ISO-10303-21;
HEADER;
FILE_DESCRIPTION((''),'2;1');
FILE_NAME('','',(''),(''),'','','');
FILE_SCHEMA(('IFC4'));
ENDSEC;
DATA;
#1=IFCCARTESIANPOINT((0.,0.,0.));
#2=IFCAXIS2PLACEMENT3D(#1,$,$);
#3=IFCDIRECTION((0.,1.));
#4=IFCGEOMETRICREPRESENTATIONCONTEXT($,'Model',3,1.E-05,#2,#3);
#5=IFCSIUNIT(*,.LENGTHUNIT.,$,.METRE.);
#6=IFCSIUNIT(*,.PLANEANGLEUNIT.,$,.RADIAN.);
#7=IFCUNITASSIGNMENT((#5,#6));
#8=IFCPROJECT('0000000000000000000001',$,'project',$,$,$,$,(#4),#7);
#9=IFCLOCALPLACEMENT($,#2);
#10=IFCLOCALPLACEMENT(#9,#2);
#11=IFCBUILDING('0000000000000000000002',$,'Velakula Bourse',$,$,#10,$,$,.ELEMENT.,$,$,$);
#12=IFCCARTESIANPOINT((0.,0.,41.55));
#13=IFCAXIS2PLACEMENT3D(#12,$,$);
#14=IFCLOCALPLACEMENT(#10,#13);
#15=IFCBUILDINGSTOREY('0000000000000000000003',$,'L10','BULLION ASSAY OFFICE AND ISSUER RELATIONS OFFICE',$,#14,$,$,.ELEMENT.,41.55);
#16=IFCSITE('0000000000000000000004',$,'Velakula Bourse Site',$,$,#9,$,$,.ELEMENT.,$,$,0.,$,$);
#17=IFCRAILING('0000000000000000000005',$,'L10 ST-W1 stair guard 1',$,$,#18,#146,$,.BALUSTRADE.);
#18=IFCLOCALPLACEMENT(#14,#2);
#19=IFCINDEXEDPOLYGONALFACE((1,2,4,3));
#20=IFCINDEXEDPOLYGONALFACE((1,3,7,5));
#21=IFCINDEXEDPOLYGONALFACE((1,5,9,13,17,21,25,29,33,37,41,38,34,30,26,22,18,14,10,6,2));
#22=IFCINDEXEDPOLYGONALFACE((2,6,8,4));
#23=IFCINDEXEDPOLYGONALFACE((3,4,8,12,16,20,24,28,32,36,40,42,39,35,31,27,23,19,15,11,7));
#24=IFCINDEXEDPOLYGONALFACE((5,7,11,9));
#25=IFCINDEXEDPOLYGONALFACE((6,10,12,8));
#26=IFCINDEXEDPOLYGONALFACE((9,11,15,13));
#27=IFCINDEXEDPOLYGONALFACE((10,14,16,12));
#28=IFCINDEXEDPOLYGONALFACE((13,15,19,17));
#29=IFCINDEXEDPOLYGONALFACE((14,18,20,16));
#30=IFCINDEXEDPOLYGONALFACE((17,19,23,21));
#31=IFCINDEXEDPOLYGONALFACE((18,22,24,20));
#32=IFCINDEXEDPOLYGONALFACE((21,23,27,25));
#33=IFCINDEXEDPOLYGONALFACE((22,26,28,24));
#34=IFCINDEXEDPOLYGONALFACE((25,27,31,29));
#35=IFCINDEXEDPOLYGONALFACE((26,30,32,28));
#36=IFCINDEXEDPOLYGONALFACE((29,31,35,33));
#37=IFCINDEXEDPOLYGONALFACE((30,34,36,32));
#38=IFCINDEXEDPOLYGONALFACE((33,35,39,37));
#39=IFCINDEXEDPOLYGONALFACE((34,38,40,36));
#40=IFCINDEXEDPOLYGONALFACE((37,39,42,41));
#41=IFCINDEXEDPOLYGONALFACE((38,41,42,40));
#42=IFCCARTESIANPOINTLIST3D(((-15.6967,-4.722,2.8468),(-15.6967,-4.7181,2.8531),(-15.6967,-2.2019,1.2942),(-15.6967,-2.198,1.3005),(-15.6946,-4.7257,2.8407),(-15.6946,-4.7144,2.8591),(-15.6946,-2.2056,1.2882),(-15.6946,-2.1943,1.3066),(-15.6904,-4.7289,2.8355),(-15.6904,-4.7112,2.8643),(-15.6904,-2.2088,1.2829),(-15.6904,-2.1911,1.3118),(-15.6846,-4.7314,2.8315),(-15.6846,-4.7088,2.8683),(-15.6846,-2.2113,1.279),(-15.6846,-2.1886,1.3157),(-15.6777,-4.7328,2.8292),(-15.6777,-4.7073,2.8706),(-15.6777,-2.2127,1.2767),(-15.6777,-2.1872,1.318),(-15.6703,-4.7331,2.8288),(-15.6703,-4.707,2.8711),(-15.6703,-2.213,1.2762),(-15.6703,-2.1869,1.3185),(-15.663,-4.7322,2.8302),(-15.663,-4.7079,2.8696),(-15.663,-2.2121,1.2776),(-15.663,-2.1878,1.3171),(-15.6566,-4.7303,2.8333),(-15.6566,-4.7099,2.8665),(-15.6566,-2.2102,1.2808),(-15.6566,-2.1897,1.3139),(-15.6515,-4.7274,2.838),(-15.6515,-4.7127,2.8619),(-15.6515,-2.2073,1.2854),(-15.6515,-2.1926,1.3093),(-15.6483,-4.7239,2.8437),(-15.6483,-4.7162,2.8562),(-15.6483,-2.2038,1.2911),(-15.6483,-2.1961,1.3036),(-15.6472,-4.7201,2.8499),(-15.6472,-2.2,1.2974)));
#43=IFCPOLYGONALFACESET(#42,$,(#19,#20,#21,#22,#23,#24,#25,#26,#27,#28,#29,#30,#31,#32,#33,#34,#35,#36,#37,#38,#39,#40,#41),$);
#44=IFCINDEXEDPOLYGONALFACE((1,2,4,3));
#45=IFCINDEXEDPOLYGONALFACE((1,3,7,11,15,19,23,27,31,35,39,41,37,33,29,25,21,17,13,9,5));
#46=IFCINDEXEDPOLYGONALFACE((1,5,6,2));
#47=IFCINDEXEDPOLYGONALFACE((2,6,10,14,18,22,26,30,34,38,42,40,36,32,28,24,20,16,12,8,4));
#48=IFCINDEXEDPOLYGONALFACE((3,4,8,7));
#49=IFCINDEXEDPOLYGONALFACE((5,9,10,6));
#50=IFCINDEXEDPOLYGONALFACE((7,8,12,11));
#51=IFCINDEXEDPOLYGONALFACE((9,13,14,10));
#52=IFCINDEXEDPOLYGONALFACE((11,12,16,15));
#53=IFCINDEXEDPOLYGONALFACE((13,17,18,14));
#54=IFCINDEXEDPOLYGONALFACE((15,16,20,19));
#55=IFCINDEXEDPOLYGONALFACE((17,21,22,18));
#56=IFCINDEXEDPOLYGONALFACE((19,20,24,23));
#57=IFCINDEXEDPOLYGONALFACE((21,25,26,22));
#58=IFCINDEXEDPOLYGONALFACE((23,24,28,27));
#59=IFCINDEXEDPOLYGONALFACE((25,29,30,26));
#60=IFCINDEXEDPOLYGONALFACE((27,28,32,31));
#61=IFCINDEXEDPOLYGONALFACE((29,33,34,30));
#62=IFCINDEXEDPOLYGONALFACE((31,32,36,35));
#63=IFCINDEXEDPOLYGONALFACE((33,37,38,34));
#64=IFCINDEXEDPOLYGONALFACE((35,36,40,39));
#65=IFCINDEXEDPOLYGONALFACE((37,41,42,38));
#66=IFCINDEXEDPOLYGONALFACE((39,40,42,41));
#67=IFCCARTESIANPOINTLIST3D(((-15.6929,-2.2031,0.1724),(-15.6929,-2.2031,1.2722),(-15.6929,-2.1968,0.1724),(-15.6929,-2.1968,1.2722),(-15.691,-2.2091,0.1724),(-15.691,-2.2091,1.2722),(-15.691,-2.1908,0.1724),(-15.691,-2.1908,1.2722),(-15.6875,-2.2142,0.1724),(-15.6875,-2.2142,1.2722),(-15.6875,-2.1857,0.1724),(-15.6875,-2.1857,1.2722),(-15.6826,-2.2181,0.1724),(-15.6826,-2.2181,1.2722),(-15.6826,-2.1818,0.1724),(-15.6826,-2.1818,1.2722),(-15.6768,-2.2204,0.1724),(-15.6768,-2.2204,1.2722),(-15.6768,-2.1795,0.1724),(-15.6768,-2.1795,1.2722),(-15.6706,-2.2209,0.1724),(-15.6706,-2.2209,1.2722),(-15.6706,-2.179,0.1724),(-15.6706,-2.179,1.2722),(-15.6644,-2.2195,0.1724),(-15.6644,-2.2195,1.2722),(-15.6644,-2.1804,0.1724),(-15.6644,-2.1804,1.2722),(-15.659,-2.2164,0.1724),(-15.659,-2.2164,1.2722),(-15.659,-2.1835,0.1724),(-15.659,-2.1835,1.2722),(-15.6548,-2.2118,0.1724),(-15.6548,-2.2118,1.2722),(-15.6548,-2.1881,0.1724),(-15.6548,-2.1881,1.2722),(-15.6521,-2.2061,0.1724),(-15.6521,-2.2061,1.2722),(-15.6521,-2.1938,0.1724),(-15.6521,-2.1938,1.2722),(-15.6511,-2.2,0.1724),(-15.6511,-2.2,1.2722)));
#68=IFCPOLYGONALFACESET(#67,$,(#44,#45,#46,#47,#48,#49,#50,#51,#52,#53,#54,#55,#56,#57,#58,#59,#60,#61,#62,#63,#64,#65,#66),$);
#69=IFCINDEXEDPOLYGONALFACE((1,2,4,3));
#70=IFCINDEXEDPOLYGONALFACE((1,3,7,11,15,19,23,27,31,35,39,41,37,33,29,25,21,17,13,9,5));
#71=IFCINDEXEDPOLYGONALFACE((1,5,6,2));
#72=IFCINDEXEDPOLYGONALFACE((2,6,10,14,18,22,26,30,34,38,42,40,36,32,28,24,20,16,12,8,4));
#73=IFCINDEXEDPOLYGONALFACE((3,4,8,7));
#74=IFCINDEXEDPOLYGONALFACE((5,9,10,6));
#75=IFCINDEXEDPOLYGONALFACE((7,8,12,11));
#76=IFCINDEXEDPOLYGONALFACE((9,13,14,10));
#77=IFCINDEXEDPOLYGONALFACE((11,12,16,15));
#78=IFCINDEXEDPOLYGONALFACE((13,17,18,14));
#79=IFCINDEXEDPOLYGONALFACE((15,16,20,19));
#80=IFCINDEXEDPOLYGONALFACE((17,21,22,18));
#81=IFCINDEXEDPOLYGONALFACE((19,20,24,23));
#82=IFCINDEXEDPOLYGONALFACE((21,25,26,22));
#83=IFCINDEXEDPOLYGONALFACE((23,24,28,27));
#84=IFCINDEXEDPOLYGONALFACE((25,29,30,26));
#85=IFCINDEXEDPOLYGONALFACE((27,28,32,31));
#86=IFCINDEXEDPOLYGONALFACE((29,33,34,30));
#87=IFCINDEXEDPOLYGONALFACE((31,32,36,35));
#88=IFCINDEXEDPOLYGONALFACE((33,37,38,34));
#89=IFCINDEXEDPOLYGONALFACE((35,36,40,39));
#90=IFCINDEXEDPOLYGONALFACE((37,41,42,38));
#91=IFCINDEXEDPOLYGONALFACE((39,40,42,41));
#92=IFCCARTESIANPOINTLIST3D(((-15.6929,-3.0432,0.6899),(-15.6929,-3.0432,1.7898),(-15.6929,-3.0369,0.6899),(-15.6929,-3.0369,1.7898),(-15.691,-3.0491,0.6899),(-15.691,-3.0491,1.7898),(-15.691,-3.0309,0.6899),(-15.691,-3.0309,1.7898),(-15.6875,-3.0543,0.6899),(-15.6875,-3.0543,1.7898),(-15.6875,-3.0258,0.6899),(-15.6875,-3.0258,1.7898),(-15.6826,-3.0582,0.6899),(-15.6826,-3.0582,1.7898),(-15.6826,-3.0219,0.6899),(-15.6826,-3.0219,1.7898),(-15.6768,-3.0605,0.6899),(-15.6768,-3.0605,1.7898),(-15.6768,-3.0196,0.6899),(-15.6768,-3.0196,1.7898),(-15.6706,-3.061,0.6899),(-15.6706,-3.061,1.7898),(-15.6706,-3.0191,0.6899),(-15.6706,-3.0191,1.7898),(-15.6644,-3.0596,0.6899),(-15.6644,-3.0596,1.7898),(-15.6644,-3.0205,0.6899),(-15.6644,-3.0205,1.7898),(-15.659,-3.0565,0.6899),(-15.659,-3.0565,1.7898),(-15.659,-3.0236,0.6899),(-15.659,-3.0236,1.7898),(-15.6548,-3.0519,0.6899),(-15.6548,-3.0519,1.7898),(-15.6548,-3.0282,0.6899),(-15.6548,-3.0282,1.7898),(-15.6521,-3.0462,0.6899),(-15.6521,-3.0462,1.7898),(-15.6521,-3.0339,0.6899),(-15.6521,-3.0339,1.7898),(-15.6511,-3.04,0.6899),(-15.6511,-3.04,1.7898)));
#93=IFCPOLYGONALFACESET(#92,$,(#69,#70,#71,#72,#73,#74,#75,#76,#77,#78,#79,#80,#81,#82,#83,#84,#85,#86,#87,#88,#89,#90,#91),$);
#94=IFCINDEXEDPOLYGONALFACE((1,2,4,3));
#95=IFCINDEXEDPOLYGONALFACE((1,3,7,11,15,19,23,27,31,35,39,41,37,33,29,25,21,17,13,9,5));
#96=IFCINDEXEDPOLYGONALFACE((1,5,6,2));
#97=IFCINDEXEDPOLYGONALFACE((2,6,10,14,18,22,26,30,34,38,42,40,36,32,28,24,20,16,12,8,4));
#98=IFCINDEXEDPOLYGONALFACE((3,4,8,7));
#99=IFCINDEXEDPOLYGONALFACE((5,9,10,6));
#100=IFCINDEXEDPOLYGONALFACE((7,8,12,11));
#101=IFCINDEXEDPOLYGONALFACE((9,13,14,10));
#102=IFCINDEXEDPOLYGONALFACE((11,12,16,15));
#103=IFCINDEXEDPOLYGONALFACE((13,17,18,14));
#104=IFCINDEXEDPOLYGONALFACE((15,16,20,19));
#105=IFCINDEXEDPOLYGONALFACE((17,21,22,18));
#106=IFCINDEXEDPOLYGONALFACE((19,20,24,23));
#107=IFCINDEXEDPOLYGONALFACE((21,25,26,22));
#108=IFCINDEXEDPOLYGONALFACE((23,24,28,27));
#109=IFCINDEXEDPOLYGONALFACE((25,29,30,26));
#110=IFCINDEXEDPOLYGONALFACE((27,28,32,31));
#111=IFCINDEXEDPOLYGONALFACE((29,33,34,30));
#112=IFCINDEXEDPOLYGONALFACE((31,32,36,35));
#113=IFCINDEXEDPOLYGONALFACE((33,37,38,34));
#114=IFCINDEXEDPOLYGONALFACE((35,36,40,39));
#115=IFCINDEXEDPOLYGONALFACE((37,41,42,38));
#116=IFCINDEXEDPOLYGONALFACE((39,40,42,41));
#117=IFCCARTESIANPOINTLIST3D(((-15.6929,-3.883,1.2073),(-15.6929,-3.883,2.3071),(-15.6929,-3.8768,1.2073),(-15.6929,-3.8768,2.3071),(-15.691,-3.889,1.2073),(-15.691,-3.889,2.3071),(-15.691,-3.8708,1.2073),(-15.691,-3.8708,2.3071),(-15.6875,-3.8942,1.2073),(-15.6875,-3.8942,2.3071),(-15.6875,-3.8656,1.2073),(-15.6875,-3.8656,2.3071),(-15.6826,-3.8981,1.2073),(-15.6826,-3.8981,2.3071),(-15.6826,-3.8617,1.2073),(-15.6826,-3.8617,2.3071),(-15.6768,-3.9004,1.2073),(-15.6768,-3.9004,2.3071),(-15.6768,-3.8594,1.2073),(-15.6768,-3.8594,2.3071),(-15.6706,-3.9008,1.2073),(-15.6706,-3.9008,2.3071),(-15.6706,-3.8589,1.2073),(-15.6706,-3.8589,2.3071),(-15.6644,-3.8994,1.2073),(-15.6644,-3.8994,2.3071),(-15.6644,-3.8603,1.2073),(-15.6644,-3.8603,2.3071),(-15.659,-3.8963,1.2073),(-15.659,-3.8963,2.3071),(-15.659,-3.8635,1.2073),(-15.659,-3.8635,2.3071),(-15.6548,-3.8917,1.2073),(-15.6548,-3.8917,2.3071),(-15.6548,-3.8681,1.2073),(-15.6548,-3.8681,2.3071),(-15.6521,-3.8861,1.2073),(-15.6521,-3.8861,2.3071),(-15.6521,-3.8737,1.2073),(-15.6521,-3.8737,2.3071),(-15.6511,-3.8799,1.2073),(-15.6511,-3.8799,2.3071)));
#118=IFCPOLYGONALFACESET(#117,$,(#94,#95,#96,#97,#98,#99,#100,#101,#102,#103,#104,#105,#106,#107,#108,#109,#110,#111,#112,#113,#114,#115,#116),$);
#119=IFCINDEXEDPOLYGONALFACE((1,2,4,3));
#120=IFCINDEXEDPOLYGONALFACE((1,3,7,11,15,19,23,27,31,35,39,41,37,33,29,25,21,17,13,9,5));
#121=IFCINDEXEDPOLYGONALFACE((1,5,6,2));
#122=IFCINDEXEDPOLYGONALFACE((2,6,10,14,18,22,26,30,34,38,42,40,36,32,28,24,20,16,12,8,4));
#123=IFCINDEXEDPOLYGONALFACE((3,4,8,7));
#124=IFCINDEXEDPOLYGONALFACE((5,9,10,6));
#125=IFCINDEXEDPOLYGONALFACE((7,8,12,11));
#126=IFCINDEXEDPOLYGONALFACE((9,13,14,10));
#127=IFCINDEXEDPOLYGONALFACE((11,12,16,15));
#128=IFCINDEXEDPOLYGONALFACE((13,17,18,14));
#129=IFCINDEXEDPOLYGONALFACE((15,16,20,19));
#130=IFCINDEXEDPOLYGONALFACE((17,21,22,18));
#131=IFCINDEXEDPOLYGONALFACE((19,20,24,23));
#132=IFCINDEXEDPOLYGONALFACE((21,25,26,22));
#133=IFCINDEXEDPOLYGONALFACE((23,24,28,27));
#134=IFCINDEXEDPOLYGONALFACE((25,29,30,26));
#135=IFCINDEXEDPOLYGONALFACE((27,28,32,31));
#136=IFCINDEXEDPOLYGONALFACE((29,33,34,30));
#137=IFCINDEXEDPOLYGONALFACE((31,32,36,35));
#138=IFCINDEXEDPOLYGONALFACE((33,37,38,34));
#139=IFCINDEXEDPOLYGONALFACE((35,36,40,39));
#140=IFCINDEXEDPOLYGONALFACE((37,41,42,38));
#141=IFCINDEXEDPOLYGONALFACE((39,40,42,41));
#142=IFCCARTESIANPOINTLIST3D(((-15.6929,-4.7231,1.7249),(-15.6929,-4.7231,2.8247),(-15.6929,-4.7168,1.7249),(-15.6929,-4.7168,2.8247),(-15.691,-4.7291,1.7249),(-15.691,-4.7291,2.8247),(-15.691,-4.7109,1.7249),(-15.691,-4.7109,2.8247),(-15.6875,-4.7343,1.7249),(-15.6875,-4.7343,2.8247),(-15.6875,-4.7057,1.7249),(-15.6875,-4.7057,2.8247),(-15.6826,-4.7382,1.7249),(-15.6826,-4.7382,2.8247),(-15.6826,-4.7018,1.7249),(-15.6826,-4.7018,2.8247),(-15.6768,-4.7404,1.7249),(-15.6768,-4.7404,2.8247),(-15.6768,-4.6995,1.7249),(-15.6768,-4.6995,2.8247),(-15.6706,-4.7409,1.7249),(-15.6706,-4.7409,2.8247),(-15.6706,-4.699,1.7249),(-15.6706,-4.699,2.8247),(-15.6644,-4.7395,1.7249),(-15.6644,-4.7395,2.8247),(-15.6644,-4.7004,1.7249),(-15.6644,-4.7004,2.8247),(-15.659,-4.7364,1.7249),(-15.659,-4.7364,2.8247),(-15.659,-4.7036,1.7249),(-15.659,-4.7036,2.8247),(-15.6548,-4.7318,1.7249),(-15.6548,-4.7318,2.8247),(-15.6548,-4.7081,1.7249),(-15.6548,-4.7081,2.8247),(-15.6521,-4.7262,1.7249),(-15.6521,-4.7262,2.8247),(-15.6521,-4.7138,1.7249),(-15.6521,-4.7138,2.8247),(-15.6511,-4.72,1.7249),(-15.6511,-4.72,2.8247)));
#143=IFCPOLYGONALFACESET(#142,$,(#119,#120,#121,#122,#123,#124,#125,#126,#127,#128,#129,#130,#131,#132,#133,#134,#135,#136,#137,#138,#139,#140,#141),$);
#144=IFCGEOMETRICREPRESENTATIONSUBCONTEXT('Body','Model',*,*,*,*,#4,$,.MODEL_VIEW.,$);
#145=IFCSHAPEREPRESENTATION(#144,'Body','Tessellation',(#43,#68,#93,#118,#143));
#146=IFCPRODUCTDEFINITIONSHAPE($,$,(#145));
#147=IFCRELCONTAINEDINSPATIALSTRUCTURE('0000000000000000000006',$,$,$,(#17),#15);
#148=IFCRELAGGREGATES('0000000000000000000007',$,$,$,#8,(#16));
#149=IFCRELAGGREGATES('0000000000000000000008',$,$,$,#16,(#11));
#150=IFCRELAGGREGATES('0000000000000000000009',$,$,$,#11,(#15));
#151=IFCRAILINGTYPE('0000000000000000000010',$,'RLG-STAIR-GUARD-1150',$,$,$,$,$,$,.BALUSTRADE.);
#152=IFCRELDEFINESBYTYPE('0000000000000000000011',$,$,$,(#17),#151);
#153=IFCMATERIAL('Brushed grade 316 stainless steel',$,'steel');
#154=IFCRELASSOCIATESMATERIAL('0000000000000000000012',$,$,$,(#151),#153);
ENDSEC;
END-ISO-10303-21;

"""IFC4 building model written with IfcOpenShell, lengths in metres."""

from ifc_helpers import new_model, si_unit, direction, frame, origin, origin_2d, place, context, subcontext, project, spatial, circle, extrude, material, type_object, element, save


model = new_model("IFC4")

# Units and contexts
model_context = context("Model", 3, precision=1e-05, world=origin(), true_north=direction((0.0, 1.0)))
body_context = subcontext(model_context, "Body", "Model", "MODEL_VIEW")
ifc_project = project(units=[si_unit("LENGTHUNIT", "METRE"), si_unit("PLANEANGLEUNIT", "RADIAN")], contexts=[model_context])

# Site, building, storey
site_placement = place(None, origin())
site = spatial("IfcSite", under=ifc_project, at=site_placement, Name="Velakula Bourse Site", CompositionType="ELEMENT", RefElevation=0.0)
building_placement = place(site_placement, origin())
building = spatial("IfcBuilding", under=site, at=building_placement, Name="Velakula Bourse", CompositionType="ELEMENT")
storey_placement = place(building_placement, frame((0.0, 0.0, 41.55)))
storey = spatial("IfcBuildingStorey", under=building, at=storey_placement, Name="L10", Description="BULLION ASSAY OFFICE AND ISSUER RELATIONS OFFICE", CompositionType="ELEMENT", Elevation=41.55)

# Shared definitions
ifc_material_1 = material(Name="Brushed grade 316 stainless steel", Category="steel")

# Railing
railing_type_1 = type_object("IfcRailingType", Name="RLG-STAIR-GUARD-1150", PredefinedType="BALUSTRADE", material=ifc_material_1)
railing_1_placement = place(storey_placement, frame((-15.6721, -2.2, 0.1724)))
element("IfcRailing", 1, at=railing_1_placement, inside=storey, type_object=railing_type_1, Name="L10 ST-W1 stair guard 1", PredefinedType="BALUSTRADE", context=body_context, shape_type="SweptSolid", body=[
    extrude(circle(Radius=0.0249, at=origin_2d()), frame((0.0, 0.0, 1.125), z_axis=(0.0, -0.8514, 0.524516), x_axis=(1.0, 0.0, 0.0)), (0.0, 0.0, 1.0), 2.96),
    extrude(circle(Radius=0.021, at=origin_2d()), origin(), (0.0, 0.0, 1.0), 1.0999),
    extrude(circle(Radius=0.021, at=origin_2d()), frame((0.0, -0.8401, 0.5176)), (0.0, 0.0, 1.0), 1.0999),
    extrude(circle(Radius=0.021, at=origin_2d()), frame((0.0, -1.6799, 1.0349)), (0.0, 0.0, 1.0), 1.0999),
    extrude(circle(Radius=0.021, at=origin_2d()), frame((0.0, -2.52, 1.5525)), (0.0, 0.0, 1.0), 1.0999),
])

save(model, "model.ifc")
